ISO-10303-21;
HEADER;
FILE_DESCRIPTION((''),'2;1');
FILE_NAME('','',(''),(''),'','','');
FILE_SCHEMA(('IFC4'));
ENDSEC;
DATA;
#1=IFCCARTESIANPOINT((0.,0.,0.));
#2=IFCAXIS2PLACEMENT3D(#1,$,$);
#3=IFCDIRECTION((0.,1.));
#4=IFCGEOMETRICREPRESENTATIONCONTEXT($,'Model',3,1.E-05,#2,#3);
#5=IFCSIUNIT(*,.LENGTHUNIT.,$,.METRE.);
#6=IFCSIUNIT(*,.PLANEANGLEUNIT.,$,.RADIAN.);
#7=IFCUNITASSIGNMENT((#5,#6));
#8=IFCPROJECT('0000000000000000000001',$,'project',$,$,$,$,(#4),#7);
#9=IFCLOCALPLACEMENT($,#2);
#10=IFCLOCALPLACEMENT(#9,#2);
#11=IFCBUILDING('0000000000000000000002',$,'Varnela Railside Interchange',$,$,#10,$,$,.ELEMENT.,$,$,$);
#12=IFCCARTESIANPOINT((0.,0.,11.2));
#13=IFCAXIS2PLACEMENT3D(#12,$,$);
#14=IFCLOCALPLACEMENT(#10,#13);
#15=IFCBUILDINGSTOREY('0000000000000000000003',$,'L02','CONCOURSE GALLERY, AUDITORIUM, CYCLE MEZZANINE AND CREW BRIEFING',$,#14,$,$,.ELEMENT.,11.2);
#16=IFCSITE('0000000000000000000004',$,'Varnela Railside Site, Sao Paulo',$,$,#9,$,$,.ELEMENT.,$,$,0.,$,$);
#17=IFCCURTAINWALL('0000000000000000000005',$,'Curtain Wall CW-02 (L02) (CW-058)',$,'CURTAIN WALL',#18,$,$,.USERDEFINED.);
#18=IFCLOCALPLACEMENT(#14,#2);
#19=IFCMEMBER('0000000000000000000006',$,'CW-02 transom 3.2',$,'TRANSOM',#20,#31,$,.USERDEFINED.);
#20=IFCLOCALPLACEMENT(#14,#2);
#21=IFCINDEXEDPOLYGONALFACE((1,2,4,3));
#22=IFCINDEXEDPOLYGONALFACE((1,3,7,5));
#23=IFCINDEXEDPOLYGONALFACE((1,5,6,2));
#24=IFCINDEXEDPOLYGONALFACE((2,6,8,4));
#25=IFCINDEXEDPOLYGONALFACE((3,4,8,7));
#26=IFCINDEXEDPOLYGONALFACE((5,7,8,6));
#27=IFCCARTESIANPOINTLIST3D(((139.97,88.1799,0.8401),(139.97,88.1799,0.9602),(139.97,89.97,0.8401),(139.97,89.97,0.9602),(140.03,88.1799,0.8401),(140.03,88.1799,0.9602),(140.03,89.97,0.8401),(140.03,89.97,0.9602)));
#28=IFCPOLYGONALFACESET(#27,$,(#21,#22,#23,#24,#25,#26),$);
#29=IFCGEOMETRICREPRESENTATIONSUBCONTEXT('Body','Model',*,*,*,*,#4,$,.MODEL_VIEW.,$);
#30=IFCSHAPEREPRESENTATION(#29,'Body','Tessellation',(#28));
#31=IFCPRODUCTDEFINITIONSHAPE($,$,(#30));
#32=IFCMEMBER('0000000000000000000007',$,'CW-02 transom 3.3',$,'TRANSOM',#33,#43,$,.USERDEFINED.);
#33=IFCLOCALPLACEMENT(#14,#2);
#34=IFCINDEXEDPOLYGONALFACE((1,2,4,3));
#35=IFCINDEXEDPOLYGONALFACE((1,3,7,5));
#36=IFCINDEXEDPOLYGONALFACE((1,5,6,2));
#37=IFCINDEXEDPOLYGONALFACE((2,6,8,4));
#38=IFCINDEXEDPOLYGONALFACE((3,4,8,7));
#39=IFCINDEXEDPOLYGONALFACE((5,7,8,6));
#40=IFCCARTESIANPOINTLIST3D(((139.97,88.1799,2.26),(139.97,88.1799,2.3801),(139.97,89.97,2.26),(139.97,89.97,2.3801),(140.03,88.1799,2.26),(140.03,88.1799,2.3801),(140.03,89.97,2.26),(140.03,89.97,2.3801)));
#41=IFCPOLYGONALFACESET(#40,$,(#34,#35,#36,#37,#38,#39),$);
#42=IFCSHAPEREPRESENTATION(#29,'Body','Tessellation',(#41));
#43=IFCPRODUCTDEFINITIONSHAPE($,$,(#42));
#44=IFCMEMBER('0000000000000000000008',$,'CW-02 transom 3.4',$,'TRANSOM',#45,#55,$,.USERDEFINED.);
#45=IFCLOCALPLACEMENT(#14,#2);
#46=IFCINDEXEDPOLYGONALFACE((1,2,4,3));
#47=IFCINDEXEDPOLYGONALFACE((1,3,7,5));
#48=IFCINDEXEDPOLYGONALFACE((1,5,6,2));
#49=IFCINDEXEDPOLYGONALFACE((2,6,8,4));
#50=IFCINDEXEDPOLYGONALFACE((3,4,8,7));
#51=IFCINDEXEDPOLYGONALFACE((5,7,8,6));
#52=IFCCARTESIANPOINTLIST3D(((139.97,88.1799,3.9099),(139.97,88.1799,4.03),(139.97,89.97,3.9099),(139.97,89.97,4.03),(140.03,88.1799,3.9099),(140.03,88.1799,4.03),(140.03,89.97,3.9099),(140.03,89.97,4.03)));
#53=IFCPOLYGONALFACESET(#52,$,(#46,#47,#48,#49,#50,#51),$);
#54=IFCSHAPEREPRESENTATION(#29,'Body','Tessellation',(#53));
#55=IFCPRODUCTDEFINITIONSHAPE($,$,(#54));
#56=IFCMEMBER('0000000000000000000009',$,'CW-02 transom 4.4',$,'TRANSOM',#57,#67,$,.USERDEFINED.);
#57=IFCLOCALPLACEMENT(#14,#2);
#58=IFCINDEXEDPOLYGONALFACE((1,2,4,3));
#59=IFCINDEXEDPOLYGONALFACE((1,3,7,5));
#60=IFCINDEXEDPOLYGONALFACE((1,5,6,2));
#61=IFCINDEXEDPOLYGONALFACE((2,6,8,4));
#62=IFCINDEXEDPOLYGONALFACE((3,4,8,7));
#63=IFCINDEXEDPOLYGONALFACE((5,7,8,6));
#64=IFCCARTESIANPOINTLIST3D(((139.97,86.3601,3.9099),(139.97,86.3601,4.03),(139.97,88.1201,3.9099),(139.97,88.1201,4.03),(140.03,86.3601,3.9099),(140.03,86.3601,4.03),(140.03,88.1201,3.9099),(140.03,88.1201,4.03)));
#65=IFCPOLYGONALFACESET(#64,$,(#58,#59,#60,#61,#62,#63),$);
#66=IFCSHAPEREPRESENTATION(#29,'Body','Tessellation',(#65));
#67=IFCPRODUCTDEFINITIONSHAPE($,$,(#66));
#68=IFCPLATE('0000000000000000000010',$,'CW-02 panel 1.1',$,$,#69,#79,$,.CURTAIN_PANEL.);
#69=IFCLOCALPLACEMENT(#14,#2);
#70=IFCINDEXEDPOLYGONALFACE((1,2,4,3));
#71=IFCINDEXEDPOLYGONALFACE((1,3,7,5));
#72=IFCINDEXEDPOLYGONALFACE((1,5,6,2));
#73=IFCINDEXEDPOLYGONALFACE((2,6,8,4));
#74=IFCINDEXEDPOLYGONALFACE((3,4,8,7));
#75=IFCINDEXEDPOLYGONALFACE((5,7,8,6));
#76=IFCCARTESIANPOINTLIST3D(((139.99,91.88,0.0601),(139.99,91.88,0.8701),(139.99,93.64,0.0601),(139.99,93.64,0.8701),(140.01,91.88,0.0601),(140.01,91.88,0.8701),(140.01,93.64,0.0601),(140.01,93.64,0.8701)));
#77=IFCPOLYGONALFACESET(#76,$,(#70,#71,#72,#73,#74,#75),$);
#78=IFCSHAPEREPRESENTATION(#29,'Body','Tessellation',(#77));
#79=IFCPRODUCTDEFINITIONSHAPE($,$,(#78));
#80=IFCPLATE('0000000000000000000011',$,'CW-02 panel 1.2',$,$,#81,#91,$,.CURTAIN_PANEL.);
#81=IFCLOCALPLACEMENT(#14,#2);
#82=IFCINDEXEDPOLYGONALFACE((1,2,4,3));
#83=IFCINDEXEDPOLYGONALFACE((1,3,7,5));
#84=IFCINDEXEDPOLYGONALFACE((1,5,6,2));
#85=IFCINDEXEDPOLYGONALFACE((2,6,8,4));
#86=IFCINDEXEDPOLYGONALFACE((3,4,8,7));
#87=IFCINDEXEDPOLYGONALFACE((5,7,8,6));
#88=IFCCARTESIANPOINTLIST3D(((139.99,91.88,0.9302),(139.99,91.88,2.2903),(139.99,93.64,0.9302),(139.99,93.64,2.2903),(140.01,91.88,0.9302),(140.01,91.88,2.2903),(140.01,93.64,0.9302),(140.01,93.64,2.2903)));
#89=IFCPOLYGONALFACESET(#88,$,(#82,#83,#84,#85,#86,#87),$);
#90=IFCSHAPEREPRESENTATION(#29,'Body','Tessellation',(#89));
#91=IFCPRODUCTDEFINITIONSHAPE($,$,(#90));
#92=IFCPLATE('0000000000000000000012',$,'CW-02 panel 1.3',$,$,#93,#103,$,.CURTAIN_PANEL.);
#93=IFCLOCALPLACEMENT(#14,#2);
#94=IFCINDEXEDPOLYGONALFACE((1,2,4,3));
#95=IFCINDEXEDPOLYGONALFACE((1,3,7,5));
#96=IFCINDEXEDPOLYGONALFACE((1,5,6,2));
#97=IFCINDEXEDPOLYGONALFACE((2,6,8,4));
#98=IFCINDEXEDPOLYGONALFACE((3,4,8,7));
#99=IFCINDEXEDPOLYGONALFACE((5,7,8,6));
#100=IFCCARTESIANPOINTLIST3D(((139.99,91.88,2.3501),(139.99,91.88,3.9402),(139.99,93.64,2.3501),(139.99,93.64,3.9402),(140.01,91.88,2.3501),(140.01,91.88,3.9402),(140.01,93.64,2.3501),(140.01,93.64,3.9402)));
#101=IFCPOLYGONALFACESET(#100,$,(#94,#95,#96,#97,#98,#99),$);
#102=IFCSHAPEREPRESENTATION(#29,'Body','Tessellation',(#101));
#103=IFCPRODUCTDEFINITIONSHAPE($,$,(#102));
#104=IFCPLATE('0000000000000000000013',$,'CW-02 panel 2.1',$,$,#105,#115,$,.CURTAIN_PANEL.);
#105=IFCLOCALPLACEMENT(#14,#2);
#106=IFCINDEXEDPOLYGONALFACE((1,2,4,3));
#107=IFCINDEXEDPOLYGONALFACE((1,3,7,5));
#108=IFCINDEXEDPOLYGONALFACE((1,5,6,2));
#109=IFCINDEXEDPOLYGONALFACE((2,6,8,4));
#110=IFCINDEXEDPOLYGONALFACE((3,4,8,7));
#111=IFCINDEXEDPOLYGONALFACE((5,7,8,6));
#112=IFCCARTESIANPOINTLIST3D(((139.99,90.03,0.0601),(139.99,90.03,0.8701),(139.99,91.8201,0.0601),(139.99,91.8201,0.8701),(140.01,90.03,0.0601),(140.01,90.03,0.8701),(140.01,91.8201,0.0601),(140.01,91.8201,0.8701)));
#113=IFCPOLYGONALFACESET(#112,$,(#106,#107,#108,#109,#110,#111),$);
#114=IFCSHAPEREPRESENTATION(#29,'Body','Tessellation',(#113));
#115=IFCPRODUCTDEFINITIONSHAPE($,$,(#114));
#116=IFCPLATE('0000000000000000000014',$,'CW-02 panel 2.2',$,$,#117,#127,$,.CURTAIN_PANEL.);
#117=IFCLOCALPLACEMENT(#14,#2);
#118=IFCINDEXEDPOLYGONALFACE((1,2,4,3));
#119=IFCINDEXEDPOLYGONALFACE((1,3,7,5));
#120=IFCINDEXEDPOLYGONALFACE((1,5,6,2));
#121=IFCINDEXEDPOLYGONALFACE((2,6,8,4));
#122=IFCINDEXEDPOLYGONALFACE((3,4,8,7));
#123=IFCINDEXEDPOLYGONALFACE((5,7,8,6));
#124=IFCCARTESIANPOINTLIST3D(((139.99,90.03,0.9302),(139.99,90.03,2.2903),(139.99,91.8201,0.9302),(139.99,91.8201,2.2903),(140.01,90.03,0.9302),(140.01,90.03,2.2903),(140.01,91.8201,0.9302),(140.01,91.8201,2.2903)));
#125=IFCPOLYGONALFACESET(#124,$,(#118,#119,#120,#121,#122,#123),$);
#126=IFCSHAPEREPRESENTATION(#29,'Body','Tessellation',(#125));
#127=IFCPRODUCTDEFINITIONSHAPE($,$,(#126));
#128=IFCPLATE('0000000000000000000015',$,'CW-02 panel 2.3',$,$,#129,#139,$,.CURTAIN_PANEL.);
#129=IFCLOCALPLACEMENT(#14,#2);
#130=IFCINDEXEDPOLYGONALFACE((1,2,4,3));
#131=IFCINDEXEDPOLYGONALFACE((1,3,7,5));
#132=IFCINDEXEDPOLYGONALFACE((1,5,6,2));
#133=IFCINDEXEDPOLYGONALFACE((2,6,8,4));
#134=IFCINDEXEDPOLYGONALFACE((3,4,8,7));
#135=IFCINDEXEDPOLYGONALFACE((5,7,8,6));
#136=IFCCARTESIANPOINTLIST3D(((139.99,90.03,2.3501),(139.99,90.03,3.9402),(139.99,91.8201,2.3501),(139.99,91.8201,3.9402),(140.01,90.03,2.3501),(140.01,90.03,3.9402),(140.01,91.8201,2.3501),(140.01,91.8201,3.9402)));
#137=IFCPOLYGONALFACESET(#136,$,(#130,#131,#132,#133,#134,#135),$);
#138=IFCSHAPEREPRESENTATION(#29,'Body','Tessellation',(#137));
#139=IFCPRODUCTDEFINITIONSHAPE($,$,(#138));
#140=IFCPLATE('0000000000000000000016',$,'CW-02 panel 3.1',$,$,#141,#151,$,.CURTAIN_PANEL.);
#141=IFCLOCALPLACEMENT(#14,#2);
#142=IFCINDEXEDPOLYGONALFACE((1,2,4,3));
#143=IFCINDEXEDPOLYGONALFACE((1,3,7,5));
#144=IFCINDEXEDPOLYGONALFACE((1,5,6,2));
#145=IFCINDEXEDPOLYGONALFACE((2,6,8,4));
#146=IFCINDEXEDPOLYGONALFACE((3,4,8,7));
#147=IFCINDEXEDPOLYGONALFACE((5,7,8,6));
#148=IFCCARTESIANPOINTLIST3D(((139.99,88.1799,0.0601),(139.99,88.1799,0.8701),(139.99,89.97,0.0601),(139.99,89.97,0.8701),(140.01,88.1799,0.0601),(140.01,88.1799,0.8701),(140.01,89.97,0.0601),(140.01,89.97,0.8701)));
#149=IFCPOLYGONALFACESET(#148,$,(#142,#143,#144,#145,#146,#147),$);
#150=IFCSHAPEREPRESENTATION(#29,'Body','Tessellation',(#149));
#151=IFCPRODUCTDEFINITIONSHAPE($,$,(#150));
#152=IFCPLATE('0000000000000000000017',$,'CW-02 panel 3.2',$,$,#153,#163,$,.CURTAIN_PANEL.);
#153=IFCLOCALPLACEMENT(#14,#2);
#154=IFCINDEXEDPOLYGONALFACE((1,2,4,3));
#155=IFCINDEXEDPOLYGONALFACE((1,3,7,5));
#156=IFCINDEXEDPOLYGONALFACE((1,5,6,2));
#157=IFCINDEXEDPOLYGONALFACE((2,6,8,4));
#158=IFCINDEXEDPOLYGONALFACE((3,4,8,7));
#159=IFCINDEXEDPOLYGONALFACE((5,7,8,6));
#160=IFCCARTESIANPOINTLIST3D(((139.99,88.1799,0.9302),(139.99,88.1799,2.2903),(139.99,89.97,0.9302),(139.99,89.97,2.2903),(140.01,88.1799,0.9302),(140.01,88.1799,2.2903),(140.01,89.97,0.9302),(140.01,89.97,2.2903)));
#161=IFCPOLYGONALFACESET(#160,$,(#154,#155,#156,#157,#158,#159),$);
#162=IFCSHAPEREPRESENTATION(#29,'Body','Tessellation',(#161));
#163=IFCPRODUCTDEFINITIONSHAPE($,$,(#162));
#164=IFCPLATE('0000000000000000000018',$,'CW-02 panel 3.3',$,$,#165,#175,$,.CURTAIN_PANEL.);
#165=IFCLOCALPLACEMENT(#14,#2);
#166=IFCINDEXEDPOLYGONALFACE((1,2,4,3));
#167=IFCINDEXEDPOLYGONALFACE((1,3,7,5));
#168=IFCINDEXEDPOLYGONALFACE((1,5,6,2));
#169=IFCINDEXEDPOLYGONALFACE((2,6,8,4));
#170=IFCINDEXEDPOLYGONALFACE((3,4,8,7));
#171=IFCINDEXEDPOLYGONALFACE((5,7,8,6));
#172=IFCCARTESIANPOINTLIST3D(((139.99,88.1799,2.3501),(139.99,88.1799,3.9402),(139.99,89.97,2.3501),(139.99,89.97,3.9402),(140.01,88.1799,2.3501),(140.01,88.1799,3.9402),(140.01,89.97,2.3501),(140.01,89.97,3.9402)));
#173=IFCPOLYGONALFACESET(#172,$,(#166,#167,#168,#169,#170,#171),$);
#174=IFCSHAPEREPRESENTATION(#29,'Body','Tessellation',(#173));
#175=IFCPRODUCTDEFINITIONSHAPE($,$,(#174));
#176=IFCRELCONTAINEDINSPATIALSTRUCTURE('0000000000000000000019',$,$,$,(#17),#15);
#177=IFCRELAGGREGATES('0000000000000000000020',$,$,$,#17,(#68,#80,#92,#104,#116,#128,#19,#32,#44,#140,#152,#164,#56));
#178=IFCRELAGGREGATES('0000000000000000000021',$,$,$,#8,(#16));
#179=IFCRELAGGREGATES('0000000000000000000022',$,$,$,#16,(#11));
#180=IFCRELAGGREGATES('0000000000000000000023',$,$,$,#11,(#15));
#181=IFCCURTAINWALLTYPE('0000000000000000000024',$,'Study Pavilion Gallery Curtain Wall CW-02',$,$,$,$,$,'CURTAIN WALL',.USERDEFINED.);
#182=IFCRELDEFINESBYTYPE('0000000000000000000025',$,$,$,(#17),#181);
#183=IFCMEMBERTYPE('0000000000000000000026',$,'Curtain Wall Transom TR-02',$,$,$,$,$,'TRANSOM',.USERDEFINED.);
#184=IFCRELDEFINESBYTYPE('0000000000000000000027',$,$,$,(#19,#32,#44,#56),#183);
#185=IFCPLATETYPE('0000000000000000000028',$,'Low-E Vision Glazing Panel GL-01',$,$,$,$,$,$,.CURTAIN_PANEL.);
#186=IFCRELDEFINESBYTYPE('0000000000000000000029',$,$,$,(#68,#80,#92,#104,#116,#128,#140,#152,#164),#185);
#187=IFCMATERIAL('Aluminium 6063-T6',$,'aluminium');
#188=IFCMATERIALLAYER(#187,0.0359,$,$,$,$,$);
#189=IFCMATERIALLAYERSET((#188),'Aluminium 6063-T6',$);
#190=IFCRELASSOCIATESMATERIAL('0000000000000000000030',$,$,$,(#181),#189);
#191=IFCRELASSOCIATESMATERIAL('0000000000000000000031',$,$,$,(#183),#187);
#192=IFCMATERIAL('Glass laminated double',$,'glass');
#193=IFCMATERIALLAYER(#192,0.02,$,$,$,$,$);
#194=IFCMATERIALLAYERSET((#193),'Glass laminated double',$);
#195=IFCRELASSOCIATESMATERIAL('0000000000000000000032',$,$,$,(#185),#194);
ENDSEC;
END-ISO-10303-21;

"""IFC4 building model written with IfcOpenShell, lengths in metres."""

from ifc_helpers import new_model, si_unit, direction, frame, origin, origin_2d, place, context, subcontext, project, spatial, rectangle, extrude, material, layer, layer_set, material_profile, profile_set, type_object, element, aggregate, save


model = new_model("IFC4")

# Units and contexts
model_context = context("Model", 3, precision=1e-05, world=origin(), true_north=direction((0.0, 1.0)))
body_context = subcontext(model_context, "Body", "Model", "MODEL_VIEW")
ifc_project = project(units=[si_unit("LENGTHUNIT", "METRE"), si_unit("PLANEANGLEUNIT", "RADIAN")], contexts=[model_context])

# Site, building, storey
site_placement = place(None, origin())
site = spatial("IfcSite", under=ifc_project, at=site_placement, Name="Varnela Railside Site, Sao Paulo", CompositionType="ELEMENT", RefElevation=0.0)
building_placement = place(site_placement, origin())
building = spatial("IfcBuilding", under=site, at=building_placement, Name="Varnela Railside Interchange", CompositionType="ELEMENT")
storey_placement = place(building_placement, frame((0.0, 0.0, 11.2)))
storey = spatial("IfcBuildingStorey", under=building, at=storey_placement, Name="L02", Description="CONCOURSE GALLERY, AUDITORIUM, CYCLE MEZZANINE AND CREW BRIEFING", CompositionType="ELEMENT", Elevation=11.2)

# Curtain wall, members, plates
ifc_material_1 = material(Name="Aluminium 6063-T6", Category="aluminium")
ifc_layer_1 = layer(ifc_material_1, 0.0359)
ifc_layer_set_1 = layer_set([ifc_layer_1], Name="Aluminium 6063-T6")
curtain_wall_type = type_object("IfcCurtainWallType", Name="Study Pavilion Gallery Curtain Wall CW-02", ElementType="CURTAIN WALL", PredefinedType="USERDEFINED", material=ifc_layer_set_1)
curtain_wall_placement = place(storey_placement, origin())
curtain_wall = element("IfcCurtainWall", 1, at=curtain_wall_placement, inside=storey, type_object=curtain_wall_type, Name="Curtain Wall CW-02 (L02) (CW-058)", ObjectType="CURTAIN WALL", PredefinedType="USERDEFINED")
ifc_material_profile_1 = material_profile(ifc_material_1, rectangle(XDim=0.0601, YDim=0.1201, at=origin_2d()), Name="ALU 60x120")
ifc_profile_set_1 = profile_set([ifc_material_profile_1], Name="Aluminium 6063-T6")
member_type_1 = type_object("IfcMemberType", Name="Curtain Wall Transom TR-02", ElementType="TRANSOM", PredefinedType="USERDEFINED", material=ifc_profile_set_1)
member_1_placement = place(storey_placement, frame((140.0, 89.97, 0.9001), z_axis=(0.0, -1.0, 0.0), x_axis=(1.0, 0.0, 0.0)))
member_1 = element("IfcMember", 2, at=member_1_placement, type_object=member_type_1, Name="CW-02 transom 3.2", ObjectType="TRANSOM", PredefinedType="USERDEFINED", context=body_context, shape_type="SweptSolid", body=[
    extrude(rectangle(XDim=0.0601, YDim=0.1201, at=origin_2d()), origin(), (0.0, 0.0, 1.0), 1.79),
])
member_2_placement = place(storey_placement, frame((140.0, 89.97, 2.3201), z_axis=(0.0, -1.0, 0.0), x_axis=(1.0, 0.0, 0.0)))
member_2 = element("IfcMember", 3, at=member_2_placement, type_object=member_type_1, Name="CW-02 transom 3.3", ObjectType="TRANSOM", PredefinedType="USERDEFINED", context=body_context, shape_type="SweptSolid", body=[
    extrude(rectangle(XDim=0.0601, YDim=0.1201, at=origin_2d()), origin(), (0.0, 0.0, 1.0), 1.79),
])
member_3_placement = place(storey_placement, frame((140.0, 89.97, 3.97), z_axis=(0.0, -1.0, 0.0), x_axis=(1.0, 0.0, 0.0)))
member_3 = element("IfcMember", 4, at=member_3_placement, type_object=member_type_1, Name="CW-02 transom 3.4", ObjectType="TRANSOM", PredefinedType="USERDEFINED", context=body_context, shape_type="SweptSolid", body=[
    extrude(rectangle(XDim=0.0601, YDim=0.1201, at=origin_2d()), origin(), (0.0, 0.0, 1.0), 1.79),
])
member_4_placement = place(storey_placement, frame((140.0, 88.1201, 3.97), z_axis=(0.0, -1.0, 0.0), x_axis=(1.0, 0.0, 0.0)))
member_4 = element("IfcMember", 5, at=member_4_placement, type_object=member_type_1, Name="CW-02 transom 4.4", ObjectType="TRANSOM", PredefinedType="USERDEFINED", context=body_context, shape_type="SweptSolid", body=[
    extrude(rectangle(XDim=0.0601, YDim=0.1201, at=origin_2d()), origin(), (0.0, 0.0, 1.0), 1.76),
])
ifc_material_2 = material(Name="Glass laminated double", Category="glass")
ifc_layer_2 = layer(ifc_material_2, 0.02)
ifc_layer_set_2 = layer_set([ifc_layer_2], Name="Glass laminated double")
plate_type = type_object("IfcPlateType", Name="Low-E Vision Glazing Panel GL-01", PredefinedType="CURTAIN_PANEL", material=ifc_layer_set_2)
plate_1_placement = place(storey_placement, frame((140.0, 92.76, 0.0601), z_axis=(0.0, 0.0, 1.0), x_axis=(0.0, -1.0, 0.0)))
plate_1 = element("IfcPlate", 6, at=plate_1_placement, type_object=plate_type, Name="CW-02 panel 1.1", PredefinedType="CURTAIN_PANEL", context=body_context, shape_type="SweptSolid", body=[
    extrude(rectangle(XDim=1.76, YDim=0.02, at=origin_2d()), origin(), (0.0, 0.0, 1.0), 0.8101),
])
plate_2_placement = place(storey_placement, frame((140.0, 92.76, 0.9302), z_axis=(0.0, 0.0, 1.0), x_axis=(0.0, -1.0, 0.0)))
plate_2 = element("IfcPlate", 7, at=plate_2_placement, type_object=plate_type, Name="CW-02 panel 1.2", PredefinedType="CURTAIN_PANEL", context=body_context, shape_type="SweptSolid", body=[
    extrude(rectangle(XDim=1.76, YDim=0.02, at=origin_2d()), origin(), (0.0, 0.0, 1.0), 1.3601),
])
plate_3_placement = place(storey_placement, frame((140.0, 92.76, 2.3501), z_axis=(0.0, 0.0, 1.0), x_axis=(0.0, -1.0, 0.0)))
plate_3 = element("IfcPlate", 8, at=plate_3_placement, type_object=plate_type, Name="CW-02 panel 1.3", PredefinedType="CURTAIN_PANEL", context=body_context, shape_type="SweptSolid", body=[
    extrude(rectangle(XDim=1.76, YDim=0.02, at=origin_2d()), origin(), (0.0, 0.0, 1.0), 1.5901),
])
plate_4_placement = place(storey_placement, frame((140.0, 90.925, 0.0601), z_axis=(0.0, 0.0, 1.0), x_axis=(0.0, -1.0, 0.0)))
plate_4 = element("IfcPlate", 9, at=plate_4_placement, type_object=plate_type, Name="CW-02 panel 2.1", PredefinedType="CURTAIN_PANEL", context=body_context, shape_type="SweptSolid", body=[
    extrude(rectangle(XDim=1.79, YDim=0.02, at=origin_2d()), origin(), (0.0, 0.0, 1.0), 0.8101),
])
plate_5_placement = place(storey_placement, frame((140.0, 90.925, 0.9302), z_axis=(0.0, 0.0, 1.0), x_axis=(0.0, -1.0, 0.0)))
plate_5 = element("IfcPlate", 10, at=plate_5_placement, type_object=plate_type, Name="CW-02 panel 2.2", PredefinedType="CURTAIN_PANEL", context=body_context, shape_type="SweptSolid", body=[
    extrude(rectangle(XDim=1.79, YDim=0.02, at=origin_2d()), origin(), (0.0, 0.0, 1.0), 1.3601),
])
plate_6_placement = place(storey_placement, frame((140.0, 90.925, 2.3501), z_axis=(0.0, 0.0, 1.0), x_axis=(0.0, -1.0, 0.0)))
plate_6 = element("IfcPlate", 11, at=plate_6_placement, type_object=plate_type, Name="CW-02 panel 2.3", PredefinedType="CURTAIN_PANEL", context=body_context, shape_type="SweptSolid", body=[
    extrude(rectangle(XDim=1.79, YDim=0.02, at=origin_2d()), origin(), (0.0, 0.0, 1.0), 1.5901),
])
plate_7_placement = place(storey_placement, frame((140.0, 89.075, 0.0601), z_axis=(0.0, 0.0, 1.0), x_axis=(0.0, -1.0, 0.0)))
plate_7 = element("IfcPlate", 12, at=plate_7_placement, type_object=plate_type, Name="CW-02 panel 3.1", PredefinedType="CURTAIN_PANEL", context=body_context, shape_type="SweptSolid", body=[
    extrude(rectangle(XDim=1.79, YDim=0.02, at=origin_2d()), origin(), (0.0, 0.0, 1.0), 0.8101),
])
plate_8_placement = place(storey_placement, frame((140.0, 89.075, 0.9302), z_axis=(0.0, 0.0, 1.0), x_axis=(0.0, -1.0, 0.0)))
plate_8 = element("IfcPlate", 13, at=plate_8_placement, type_object=plate_type, Name="CW-02 panel 3.2", PredefinedType="CURTAIN_PANEL", context=body_context, shape_type="SweptSolid", body=[
    extrude(rectangle(XDim=1.79, YDim=0.02, at=origin_2d()), origin(), (0.0, 0.0, 1.0), 1.3601),
])
plate_9_placement = place(storey_placement, frame((140.0, 89.075, 2.3501), z_axis=(0.0, 0.0, 1.0), x_axis=(0.0, -1.0, 0.0)))
plate_9 = element("IfcPlate", 14, at=plate_9_placement, type_object=plate_type, Name="CW-02 panel 3.3", PredefinedType="CURTAIN_PANEL", context=body_context, shape_type="SweptSolid", body=[
    extrude(rectangle(XDim=1.79, YDim=0.02, at=origin_2d()), origin(), (0.0, 0.0, 1.0), 1.5901),
])
aggregate(curtain_wall, [plate_1, plate_2, plate_3, plate_4, plate_5, plate_6, member_1, member_2, member_3, plate_7, plate_8, plate_9, member_4])

save(model, "model.ifc")
